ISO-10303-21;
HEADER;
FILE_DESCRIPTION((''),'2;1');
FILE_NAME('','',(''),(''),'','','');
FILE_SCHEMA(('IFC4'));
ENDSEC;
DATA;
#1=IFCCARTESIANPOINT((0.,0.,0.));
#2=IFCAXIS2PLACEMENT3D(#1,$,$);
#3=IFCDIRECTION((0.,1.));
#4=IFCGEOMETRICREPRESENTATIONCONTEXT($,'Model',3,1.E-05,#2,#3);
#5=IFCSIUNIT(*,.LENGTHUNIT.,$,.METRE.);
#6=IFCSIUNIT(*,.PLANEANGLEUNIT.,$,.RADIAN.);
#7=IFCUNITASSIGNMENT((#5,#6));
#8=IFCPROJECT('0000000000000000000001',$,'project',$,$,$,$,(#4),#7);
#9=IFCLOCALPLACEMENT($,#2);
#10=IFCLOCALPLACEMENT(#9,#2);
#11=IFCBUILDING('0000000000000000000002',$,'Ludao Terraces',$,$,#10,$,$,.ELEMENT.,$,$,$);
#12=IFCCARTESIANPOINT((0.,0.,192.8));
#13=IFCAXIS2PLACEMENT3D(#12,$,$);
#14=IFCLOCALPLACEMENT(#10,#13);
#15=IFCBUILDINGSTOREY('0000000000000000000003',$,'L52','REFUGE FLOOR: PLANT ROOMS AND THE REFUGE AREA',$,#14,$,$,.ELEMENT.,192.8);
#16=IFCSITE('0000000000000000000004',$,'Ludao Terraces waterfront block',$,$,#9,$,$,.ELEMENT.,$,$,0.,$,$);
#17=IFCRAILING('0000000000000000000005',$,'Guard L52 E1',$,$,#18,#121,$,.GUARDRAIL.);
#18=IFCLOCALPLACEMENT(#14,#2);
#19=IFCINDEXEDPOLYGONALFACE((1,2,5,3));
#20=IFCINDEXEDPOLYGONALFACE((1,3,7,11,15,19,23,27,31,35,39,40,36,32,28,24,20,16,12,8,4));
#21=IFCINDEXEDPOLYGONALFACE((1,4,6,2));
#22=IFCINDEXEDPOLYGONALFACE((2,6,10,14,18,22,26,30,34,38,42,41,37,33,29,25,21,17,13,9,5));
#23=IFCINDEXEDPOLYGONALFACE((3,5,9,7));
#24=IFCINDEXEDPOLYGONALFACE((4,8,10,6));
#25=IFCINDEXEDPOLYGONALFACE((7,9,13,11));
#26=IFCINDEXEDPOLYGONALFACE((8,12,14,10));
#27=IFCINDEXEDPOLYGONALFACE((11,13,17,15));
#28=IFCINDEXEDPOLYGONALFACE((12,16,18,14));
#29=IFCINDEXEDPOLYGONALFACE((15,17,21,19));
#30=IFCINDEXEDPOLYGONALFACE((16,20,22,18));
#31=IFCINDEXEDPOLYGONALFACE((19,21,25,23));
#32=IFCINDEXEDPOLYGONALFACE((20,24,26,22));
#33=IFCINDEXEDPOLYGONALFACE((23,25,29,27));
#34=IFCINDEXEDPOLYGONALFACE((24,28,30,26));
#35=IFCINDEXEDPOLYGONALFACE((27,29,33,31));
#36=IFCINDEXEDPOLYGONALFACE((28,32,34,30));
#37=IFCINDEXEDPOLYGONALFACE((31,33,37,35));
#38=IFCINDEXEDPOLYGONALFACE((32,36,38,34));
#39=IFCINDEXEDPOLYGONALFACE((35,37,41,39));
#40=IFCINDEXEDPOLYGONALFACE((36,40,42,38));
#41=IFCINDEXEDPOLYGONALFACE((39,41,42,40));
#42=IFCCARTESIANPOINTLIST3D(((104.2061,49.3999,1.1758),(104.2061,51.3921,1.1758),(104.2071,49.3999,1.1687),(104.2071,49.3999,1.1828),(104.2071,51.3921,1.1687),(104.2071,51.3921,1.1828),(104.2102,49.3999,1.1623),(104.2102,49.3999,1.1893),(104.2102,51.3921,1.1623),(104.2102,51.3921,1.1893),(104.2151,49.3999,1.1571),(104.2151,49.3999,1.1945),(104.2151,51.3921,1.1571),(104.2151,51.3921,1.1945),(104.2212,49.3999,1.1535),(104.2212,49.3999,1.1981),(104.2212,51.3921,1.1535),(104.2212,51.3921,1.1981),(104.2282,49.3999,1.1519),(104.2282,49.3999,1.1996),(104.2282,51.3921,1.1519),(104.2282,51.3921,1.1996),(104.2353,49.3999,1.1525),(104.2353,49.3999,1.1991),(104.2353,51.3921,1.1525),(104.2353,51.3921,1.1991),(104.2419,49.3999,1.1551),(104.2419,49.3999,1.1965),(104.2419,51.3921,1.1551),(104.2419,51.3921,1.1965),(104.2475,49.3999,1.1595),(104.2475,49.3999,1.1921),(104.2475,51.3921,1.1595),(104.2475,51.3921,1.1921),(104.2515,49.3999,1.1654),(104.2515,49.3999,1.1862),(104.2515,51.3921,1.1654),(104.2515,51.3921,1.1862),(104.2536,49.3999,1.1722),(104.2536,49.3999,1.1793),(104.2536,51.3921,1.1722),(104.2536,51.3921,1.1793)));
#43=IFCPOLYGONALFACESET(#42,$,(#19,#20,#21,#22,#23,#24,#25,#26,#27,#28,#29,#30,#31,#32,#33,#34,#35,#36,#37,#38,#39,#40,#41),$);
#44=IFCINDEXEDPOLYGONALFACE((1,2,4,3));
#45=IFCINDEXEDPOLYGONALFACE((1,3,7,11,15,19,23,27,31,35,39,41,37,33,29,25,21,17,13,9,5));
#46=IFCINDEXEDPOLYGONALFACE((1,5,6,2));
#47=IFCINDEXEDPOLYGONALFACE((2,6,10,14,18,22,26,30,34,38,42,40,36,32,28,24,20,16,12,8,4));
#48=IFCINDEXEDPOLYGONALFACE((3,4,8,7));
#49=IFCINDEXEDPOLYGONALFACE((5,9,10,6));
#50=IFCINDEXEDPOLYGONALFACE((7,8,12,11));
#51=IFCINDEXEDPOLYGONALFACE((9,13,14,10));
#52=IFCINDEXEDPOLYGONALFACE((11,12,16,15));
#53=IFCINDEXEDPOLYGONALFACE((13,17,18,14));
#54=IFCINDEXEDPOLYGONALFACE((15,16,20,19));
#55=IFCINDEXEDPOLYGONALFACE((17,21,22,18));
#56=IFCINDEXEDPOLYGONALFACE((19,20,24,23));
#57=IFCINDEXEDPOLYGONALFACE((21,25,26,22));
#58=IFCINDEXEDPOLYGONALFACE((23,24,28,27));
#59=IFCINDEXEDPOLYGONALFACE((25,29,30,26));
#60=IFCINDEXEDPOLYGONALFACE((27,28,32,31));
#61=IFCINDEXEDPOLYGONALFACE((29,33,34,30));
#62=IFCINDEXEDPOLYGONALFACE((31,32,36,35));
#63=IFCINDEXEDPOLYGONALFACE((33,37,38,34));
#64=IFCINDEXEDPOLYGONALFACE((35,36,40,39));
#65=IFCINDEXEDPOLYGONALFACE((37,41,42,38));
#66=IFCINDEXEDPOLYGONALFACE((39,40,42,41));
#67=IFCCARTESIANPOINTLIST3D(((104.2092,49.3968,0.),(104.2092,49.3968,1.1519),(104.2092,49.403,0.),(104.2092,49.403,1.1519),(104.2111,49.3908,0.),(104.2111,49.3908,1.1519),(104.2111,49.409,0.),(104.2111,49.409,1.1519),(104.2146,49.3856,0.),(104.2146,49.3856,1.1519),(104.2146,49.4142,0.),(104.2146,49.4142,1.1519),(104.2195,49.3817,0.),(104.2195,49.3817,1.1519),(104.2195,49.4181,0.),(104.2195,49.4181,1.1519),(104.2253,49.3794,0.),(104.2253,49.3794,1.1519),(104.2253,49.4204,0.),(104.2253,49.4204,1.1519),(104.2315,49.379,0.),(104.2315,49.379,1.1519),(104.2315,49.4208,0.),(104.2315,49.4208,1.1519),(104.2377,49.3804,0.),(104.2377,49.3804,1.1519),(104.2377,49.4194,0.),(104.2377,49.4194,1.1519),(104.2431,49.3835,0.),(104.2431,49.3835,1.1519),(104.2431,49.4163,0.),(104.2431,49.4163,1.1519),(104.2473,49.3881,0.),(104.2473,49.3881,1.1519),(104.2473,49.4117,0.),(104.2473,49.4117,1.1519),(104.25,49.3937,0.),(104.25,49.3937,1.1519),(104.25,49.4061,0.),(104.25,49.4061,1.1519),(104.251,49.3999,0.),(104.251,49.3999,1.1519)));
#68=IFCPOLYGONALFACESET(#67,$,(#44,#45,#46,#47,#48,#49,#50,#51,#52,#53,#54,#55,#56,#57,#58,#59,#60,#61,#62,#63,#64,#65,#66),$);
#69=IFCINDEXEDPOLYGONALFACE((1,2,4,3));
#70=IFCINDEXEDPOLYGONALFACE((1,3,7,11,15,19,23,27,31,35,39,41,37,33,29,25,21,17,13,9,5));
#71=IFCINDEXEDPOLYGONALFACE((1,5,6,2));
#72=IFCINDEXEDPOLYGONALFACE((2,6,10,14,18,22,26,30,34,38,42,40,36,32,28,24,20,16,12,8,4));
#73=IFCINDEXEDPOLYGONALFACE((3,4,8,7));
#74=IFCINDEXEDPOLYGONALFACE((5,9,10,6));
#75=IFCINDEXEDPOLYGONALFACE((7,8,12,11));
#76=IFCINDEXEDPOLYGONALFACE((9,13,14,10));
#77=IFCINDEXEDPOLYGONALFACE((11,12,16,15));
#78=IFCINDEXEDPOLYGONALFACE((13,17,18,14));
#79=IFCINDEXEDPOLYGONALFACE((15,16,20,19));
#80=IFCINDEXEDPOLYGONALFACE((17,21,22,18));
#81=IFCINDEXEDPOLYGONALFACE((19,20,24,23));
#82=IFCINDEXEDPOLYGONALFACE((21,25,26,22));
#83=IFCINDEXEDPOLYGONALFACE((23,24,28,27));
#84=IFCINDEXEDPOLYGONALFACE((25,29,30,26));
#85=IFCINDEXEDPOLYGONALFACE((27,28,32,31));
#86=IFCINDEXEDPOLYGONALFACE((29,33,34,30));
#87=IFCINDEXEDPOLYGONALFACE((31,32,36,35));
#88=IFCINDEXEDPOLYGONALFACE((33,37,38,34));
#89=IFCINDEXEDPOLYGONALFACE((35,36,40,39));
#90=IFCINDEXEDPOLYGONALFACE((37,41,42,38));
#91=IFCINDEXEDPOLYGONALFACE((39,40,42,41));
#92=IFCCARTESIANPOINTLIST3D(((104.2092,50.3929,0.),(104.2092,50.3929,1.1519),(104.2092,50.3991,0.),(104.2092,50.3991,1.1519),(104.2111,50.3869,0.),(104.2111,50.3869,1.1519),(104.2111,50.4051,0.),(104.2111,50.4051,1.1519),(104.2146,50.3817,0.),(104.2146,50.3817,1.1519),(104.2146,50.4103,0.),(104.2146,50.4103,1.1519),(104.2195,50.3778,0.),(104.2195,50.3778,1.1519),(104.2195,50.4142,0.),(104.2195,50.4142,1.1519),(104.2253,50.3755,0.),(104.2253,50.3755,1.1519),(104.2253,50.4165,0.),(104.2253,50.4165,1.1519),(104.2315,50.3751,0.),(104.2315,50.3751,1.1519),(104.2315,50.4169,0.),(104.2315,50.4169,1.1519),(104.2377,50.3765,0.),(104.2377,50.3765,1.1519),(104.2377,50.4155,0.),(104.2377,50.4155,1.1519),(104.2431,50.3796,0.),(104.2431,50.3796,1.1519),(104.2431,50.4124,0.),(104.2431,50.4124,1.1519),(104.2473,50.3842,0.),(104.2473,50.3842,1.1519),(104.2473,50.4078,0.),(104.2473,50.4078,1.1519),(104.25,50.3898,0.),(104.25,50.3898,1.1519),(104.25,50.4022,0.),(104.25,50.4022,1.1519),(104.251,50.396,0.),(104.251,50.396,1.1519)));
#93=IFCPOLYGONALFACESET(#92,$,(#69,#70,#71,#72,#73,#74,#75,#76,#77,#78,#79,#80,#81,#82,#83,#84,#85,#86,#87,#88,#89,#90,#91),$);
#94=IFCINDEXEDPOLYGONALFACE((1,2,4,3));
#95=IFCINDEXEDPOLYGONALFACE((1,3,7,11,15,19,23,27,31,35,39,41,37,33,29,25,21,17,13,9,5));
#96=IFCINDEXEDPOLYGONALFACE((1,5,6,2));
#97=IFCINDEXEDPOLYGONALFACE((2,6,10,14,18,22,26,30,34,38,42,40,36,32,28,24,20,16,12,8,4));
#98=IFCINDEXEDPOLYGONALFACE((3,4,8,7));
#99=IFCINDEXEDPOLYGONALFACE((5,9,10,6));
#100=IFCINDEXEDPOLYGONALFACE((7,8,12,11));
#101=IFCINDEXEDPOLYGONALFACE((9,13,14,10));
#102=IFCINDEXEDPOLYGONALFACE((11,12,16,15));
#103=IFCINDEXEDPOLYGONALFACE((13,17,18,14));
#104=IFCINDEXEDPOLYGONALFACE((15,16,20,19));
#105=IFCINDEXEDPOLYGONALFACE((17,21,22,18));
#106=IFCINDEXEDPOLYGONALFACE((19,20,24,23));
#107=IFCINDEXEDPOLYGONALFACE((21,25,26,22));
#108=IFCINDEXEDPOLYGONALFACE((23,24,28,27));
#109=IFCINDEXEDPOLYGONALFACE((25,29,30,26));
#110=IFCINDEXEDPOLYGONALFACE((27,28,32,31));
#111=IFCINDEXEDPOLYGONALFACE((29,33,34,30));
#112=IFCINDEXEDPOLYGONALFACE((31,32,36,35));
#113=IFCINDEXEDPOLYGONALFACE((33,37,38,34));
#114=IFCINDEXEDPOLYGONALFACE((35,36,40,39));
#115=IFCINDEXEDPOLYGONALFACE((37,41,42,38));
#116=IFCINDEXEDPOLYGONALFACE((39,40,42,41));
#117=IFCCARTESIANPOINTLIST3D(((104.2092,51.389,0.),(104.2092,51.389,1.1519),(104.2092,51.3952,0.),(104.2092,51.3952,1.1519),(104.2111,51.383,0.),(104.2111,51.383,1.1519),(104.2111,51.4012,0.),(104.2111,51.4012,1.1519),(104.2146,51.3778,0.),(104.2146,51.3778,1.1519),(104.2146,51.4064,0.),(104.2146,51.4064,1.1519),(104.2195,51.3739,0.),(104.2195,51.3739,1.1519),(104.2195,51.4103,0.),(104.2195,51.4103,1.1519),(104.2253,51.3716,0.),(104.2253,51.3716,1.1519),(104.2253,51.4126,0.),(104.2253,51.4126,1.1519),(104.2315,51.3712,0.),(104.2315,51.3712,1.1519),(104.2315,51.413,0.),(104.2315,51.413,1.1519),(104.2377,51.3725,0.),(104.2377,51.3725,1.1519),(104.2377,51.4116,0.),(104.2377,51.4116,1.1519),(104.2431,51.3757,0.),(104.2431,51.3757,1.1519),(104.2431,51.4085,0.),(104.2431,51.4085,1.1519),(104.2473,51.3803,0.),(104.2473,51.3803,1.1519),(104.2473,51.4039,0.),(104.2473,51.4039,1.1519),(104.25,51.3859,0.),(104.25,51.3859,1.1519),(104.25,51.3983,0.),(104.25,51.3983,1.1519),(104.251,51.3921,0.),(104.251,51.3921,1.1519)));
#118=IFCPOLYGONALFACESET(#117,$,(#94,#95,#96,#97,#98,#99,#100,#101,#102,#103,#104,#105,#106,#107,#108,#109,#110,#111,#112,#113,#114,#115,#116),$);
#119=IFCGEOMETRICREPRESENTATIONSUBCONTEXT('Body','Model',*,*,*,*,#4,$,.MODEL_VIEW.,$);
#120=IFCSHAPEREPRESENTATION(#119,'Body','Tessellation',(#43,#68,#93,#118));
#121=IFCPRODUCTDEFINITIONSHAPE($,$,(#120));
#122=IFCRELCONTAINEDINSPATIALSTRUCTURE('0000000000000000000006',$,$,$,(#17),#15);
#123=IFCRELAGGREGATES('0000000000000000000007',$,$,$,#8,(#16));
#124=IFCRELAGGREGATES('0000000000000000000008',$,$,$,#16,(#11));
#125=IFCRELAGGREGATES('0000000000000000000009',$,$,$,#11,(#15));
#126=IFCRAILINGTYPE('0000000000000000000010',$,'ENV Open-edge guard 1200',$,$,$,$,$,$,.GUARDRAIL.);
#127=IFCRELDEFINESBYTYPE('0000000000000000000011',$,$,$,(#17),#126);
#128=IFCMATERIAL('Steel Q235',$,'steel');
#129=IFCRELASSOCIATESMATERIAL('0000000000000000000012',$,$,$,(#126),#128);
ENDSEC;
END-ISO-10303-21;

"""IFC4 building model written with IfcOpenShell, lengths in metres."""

from ifc_helpers import new_model, si_unit, direction, frame, origin, origin_2d, place, context, subcontext, project, spatial, circle, extrude, material, type_object, element, save


model = new_model("IFC4")

# Units and contexts
model_context = context("Model", 3, precision=1e-05, world=origin(), true_north=direction((0.0, 1.0)))
body_context = subcontext(model_context, "Body", "Model", "MODEL_VIEW")
ifc_project = project(units=[si_unit("LENGTHUNIT", "METRE"), si_unit("PLANEANGLEUNIT", "RADIAN")], contexts=[model_context])

# Site, building, storey
site_placement = place(None, origin())
site = spatial("IfcSite", under=ifc_project, at=site_placement, Name="Ludao Terraces waterfront block", CompositionType="ELEMENT", RefElevation=0.0)
building_placement = place(site_placement, origin())
building = spatial("IfcBuilding", under=site, at=building_placement, Name="Ludao Terraces", CompositionType="ELEMENT")
storey_placement = place(building_placement, frame((0.0, 0.0, 192.8)))
storey = spatial("IfcBuildingStorey", under=building, at=storey_placement, Name="L52", Description="REFUGE FLOOR: PLANT ROOMS AND THE REFUGE AREA", CompositionType="ELEMENT", Elevation=192.8)

# Railing
ifc_material_1 = material(Name="Steel Q235", Category="steel")
railing_type = type_object("IfcRailingType", Name="ENV Open-edge guard 1200", PredefinedType="GUARDRAIL", material=ifc_material_1)
railing_placement = place(storey_placement, frame((104.23, 49.3999, 0.0)))
element("IfcRailing", 1, at=railing_placement, inside=storey, type_object=railing_type, Name="Guard L52 E1", PredefinedType="GUARDRAIL", context=body_context, shape_type="SweptSolid", body=[
    extrude(circle(Radius=0.0239, at=origin_2d()), frame((0.0, 0.0, 1.1758), z_axis=(0.0, 1.0, 0.0), x_axis=(-1.0, 0.0, 0.0)), (0.0, 0.0, 1.0), 1.9922),
    extrude(circle(Radius=0.021, at=origin_2d()), origin(), (0.0, 0.0, 1.0), 1.1519),
    extrude(circle(Radius=0.021, at=origin_2d()), frame((0.0, 0.9961, 0.0)), (0.0, 0.0, 1.0), 1.1519),
    extrude(circle(Radius=0.021, at=origin_2d()), frame((0.0, 1.9922, 0.0)), (0.0, 0.0, 1.0), 1.1519),
])

save(model, "model.ifc")
